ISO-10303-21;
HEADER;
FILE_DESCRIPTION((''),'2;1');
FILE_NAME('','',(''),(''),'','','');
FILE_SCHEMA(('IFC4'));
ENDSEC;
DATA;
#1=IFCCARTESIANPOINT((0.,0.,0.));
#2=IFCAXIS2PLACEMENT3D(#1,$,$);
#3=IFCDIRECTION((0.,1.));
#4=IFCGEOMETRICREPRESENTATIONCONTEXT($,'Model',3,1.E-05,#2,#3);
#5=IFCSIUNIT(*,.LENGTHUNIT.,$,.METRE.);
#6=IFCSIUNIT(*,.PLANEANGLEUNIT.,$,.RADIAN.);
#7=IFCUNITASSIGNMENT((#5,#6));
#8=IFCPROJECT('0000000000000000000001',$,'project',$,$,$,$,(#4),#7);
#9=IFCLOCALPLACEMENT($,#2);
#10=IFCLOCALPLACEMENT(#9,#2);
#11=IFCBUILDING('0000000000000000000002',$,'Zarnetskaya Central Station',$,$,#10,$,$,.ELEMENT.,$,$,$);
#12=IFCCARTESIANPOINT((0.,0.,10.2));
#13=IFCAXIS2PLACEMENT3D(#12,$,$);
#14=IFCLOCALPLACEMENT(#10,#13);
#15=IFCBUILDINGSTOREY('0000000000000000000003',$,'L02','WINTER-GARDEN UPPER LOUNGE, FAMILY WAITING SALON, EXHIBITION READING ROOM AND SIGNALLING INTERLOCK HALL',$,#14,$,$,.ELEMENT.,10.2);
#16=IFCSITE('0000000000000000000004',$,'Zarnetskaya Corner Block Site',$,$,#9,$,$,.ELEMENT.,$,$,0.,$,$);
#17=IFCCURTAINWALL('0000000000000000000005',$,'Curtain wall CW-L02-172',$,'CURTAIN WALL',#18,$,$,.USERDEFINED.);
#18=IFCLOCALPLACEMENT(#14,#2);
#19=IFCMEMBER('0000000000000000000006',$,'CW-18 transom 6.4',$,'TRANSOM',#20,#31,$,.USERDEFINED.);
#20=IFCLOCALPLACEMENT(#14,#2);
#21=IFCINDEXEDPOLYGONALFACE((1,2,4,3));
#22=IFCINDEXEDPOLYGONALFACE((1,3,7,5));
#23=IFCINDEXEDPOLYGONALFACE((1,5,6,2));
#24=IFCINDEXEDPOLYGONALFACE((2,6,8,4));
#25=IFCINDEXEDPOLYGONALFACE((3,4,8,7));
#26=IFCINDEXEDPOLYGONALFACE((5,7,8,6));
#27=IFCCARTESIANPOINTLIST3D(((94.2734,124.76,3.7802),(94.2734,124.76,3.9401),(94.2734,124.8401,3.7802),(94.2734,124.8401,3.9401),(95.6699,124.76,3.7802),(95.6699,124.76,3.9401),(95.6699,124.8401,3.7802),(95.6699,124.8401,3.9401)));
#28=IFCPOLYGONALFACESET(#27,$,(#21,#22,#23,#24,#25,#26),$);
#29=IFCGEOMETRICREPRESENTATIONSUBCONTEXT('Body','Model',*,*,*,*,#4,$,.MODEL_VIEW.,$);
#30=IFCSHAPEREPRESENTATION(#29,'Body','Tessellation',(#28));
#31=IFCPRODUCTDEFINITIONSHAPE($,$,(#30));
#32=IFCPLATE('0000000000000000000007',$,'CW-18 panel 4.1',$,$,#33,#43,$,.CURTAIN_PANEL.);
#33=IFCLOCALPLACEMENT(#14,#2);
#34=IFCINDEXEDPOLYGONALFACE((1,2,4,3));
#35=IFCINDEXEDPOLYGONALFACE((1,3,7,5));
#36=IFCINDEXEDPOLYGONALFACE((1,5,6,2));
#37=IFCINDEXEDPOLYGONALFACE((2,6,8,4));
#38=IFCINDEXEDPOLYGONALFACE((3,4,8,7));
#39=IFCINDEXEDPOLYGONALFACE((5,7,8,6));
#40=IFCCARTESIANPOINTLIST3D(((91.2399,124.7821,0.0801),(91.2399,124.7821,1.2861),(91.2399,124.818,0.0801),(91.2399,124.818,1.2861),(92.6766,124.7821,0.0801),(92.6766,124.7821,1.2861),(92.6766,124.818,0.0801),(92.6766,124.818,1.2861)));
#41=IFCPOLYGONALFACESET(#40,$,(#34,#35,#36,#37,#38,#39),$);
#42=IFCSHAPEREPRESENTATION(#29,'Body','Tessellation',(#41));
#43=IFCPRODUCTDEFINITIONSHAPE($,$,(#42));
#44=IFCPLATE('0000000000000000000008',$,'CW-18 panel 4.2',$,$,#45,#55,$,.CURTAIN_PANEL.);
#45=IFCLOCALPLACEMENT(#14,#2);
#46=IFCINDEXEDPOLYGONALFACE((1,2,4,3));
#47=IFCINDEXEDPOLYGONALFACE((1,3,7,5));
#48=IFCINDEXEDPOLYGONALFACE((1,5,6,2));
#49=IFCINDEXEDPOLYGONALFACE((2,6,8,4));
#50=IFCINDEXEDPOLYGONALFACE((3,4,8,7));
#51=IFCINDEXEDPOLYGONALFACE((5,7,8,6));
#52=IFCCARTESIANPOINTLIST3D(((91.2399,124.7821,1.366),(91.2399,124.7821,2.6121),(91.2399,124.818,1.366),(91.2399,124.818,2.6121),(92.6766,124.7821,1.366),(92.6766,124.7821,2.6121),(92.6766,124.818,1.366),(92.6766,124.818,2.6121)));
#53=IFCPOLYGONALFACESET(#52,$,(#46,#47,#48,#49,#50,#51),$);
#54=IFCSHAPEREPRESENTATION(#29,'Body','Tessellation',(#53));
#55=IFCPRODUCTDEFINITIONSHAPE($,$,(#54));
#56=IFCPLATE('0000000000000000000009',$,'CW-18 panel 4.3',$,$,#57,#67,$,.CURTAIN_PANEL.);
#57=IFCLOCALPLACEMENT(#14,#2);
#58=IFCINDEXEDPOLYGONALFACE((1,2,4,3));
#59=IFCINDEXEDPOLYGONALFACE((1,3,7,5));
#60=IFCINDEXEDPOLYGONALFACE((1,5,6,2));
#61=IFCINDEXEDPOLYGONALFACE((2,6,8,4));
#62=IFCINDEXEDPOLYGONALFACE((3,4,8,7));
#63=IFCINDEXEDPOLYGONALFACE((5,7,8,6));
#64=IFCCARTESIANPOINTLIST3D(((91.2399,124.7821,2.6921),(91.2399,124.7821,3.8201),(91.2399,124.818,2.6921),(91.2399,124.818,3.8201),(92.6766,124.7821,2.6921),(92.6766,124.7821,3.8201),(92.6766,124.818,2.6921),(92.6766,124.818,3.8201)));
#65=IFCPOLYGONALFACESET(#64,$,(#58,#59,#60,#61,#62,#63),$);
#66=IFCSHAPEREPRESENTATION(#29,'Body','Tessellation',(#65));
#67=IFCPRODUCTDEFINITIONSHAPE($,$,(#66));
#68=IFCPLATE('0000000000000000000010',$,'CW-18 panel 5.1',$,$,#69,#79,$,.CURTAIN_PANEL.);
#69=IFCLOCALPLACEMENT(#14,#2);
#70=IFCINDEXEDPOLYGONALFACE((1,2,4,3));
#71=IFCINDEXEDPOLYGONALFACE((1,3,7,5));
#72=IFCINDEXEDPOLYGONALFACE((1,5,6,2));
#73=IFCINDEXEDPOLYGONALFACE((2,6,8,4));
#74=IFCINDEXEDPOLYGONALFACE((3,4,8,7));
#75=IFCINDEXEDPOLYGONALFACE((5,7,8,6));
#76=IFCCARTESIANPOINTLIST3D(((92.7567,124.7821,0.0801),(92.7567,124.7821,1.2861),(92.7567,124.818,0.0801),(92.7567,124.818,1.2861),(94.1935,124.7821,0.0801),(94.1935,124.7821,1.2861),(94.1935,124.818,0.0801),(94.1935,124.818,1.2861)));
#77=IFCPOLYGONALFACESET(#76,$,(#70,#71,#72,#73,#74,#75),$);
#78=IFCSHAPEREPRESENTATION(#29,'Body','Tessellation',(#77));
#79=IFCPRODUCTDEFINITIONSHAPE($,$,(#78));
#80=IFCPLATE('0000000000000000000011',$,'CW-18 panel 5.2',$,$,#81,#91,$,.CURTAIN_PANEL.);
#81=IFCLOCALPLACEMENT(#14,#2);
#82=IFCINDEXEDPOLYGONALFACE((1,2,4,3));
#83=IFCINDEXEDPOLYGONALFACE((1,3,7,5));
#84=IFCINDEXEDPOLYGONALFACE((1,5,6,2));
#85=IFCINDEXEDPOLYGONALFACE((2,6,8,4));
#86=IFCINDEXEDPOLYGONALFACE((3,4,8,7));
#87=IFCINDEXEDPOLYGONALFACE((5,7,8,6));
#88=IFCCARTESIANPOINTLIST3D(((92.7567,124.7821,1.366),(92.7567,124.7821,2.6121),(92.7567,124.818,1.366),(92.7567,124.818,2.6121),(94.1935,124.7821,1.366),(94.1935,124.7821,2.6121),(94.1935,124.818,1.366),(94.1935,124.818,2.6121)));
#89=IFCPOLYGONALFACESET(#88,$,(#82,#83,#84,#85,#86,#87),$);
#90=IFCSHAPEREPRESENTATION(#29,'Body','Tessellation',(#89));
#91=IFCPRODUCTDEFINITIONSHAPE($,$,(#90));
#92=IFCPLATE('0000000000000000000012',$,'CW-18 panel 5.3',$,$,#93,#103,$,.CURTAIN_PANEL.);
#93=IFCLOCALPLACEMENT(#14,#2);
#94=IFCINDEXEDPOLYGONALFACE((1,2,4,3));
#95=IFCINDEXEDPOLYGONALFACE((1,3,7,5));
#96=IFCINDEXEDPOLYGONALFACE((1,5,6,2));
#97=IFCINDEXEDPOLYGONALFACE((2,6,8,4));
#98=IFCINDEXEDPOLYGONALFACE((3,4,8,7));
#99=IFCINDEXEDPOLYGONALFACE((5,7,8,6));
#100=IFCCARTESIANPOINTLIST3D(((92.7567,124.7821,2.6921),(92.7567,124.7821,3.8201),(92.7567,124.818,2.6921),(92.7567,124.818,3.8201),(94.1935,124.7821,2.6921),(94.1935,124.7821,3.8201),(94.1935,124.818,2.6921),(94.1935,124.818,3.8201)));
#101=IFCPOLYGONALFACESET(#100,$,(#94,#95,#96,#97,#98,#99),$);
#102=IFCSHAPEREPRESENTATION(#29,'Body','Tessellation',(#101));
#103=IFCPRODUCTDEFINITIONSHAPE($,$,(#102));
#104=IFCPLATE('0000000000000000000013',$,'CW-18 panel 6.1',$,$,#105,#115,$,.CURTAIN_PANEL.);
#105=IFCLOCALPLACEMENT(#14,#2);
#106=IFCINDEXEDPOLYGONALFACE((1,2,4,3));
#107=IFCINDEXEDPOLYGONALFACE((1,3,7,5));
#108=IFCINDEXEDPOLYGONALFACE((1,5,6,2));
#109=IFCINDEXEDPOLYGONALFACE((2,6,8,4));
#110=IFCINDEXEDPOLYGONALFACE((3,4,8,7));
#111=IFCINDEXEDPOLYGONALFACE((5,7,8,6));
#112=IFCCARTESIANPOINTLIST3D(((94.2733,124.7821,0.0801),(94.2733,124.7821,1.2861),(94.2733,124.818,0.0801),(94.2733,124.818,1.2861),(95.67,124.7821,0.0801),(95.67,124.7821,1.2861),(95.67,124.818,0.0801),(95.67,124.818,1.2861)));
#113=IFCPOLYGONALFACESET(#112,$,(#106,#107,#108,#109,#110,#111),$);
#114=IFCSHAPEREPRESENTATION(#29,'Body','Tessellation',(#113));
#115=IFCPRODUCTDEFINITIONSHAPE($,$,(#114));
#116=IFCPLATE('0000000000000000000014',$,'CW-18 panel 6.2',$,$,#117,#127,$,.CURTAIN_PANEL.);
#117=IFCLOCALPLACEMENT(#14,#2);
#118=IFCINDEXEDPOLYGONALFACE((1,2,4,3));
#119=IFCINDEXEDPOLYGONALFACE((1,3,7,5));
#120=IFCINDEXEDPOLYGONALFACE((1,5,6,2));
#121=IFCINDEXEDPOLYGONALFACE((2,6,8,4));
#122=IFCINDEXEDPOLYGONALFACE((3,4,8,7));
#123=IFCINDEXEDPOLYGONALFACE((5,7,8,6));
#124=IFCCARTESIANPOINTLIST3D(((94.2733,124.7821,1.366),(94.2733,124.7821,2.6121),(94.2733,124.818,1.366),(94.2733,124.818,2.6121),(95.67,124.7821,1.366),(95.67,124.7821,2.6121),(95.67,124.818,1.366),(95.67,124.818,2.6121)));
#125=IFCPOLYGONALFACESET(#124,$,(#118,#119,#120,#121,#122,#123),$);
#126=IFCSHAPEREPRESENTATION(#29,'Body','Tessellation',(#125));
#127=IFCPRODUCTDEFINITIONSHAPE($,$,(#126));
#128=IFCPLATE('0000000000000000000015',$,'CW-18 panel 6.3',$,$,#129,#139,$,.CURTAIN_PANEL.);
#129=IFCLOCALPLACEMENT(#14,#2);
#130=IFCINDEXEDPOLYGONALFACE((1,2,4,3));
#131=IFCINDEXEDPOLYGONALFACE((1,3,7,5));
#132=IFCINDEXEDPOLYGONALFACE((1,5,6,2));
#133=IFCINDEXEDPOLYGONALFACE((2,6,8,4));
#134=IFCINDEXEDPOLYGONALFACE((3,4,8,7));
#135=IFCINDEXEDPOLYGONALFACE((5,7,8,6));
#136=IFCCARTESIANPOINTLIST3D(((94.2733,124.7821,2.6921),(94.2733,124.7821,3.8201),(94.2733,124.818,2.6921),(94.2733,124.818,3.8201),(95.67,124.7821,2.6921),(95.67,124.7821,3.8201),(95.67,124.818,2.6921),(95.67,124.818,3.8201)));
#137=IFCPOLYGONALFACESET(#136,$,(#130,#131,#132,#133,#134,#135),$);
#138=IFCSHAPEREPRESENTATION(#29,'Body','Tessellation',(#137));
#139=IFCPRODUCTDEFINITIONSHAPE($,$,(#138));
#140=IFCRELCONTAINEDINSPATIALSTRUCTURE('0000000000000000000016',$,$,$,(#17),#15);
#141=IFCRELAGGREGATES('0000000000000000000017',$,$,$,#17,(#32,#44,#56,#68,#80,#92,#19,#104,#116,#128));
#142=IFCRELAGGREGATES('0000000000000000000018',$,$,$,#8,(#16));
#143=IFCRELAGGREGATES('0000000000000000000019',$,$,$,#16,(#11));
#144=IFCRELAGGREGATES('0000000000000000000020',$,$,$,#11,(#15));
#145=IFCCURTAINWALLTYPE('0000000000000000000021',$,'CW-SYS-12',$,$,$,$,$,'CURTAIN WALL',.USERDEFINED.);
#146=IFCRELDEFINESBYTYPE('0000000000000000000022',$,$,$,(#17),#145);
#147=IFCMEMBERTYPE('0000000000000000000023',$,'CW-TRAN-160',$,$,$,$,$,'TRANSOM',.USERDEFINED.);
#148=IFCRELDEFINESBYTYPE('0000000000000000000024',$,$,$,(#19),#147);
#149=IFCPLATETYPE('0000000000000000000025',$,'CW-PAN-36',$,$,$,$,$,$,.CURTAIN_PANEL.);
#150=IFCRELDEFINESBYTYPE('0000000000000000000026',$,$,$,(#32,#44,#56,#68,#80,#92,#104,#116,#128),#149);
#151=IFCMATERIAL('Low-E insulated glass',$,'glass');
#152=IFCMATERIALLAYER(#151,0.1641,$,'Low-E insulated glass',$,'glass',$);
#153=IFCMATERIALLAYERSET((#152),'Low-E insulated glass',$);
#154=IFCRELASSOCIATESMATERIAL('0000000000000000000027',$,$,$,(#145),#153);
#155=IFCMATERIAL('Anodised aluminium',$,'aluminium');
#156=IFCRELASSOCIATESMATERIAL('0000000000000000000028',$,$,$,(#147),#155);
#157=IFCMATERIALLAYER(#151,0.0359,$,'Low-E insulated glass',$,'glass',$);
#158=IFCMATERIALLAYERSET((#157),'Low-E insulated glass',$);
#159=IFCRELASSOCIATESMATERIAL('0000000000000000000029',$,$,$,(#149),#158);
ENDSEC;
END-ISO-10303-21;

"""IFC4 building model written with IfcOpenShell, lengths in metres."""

from ifc_helpers import new_model, si_unit, direction, frame, origin, origin_2d, place, context, subcontext, project, spatial, rectangle, extrude, material, layer, layer_set, material_profile, profile_set, type_object, element, aggregate, save


model = new_model("IFC4")

# Units and contexts
model_context = context("Model", 3, precision=1e-05, world=origin(), true_north=direction((0.0, 1.0)))
body_context = subcontext(model_context, "Body", "Model", "MODEL_VIEW")
ifc_project = project(units=[si_unit("LENGTHUNIT", "METRE"), si_unit("PLANEANGLEUNIT", "RADIAN")], contexts=[model_context])

# Site, building, storey
site_placement = place(None, origin())
site = spatial("IfcSite", under=ifc_project, at=site_placement, Name="Zarnetskaya Corner Block Site", CompositionType="ELEMENT", RefElevation=0.0)
building_placement = place(site_placement, origin())
building = spatial("IfcBuilding", under=site, at=building_placement, Name="Zarnetskaya Central Station", CompositionType="ELEMENT")
storey_placement = place(building_placement, frame((0.0, 0.0, 10.2)))
storey = spatial("IfcBuildingStorey", under=building, at=storey_placement, Name="L02", Description="WINTER-GARDEN UPPER LOUNGE, FAMILY WAITING SALON, EXHIBITION READING ROOM AND SIGNALLING INTERLOCK HALL", CompositionType="ELEMENT", Elevation=10.2)

# Curtain wall, member, plates
ifc_material_1 = material(Name="Low-E insulated glass", Category="glass")
ifc_layer_1 = layer(ifc_material_1, 0.1641, Name="Low-E insulated glass", Category="glass")
ifc_layer_set_1 = layer_set([ifc_layer_1], Name="Low-E insulated glass")
curtain_wall_type = type_object("IfcCurtainWallType", Name="CW-SYS-12", ElementType="CURTAIN WALL", PredefinedType="USERDEFINED", material=ifc_layer_set_1)
curtain_wall_placement = place(storey_placement, origin())
curtain_wall = element("IfcCurtainWall", 1, at=curtain_wall_placement, inside=storey, type_object=curtain_wall_type, Name="Curtain wall CW-L02-172", ObjectType="CURTAIN WALL", PredefinedType="USERDEFINED")
ifc_material_2 = material(Name="Anodised aluminium", Category="aluminium")
ifc_material_profile_1 = material_profile(ifc_material_2, rectangle(XDim=0.0801, YDim=0.1599, at=origin_2d()), Name="ALU TRAN 80x160")
ifc_profile_set_1 = profile_set([ifc_material_profile_1], Name="Anodised aluminium")
member_type_1 = type_object("IfcMemberType", Name="CW-TRAN-160", ElementType="TRANSOM", PredefinedType="USERDEFINED", material=ifc_profile_set_1)
member_1_placement = place(storey_placement, frame((94.2734, 124.8, 3.8601), z_axis=(1.0, 0.0, 0.0), x_axis=(0.0, 1.0, 0.0)))
member_1 = element("IfcMember", 2, at=member_1_placement, type_object=member_type_1, Name="CW-18 transom 6.4", ObjectType="TRANSOM", PredefinedType="USERDEFINED", context=body_context, shape_type="SweptSolid", body=[
    extrude(rectangle(XDim=0.0801, YDim=0.1599, at=origin_2d()), origin(), (0.0, 0.0, 1.0), 1.3965),
])
ifc_layer_2 = layer(ifc_material_1, 0.0359, Name="Low-E insulated glass", Category="glass")
ifc_layer_set_2 = layer_set([ifc_layer_2], Name="Low-E insulated glass")
plate_type = type_object("IfcPlateType", Name="CW-PAN-36", PredefinedType="CURTAIN_PANEL", material=ifc_layer_set_2)
plate_1_placement = place(storey_placement, frame((91.9583, 124.8, 0.0801), z_axis=(0.0, 0.0, 1.0), x_axis=(1.0, 0.0, 0.0)))
plate_1 = element("IfcPlate", 3, at=plate_1_placement, type_object=plate_type, Name="CW-18 panel 4.1", PredefinedType="CURTAIN_PANEL", context=body_context, shape_type="SweptSolid", body=[
    extrude(rectangle(XDim=1.4368, YDim=0.0359, at=origin_2d()), origin(), (0.0, 0.0, 1.0), 1.2061),
])
plate_2_placement = place(storey_placement, frame((91.9583, 124.8, 1.366), z_axis=(0.0, 0.0, 1.0), x_axis=(1.0, 0.0, 0.0)))
plate_2 = element("IfcPlate", 4, at=plate_2_placement, type_object=plate_type, Name="CW-18 panel 4.2", PredefinedType="CURTAIN_PANEL", context=body_context, shape_type="SweptSolid", body=[
    extrude(rectangle(XDim=1.4368, YDim=0.0359, at=origin_2d()), origin(), (0.0, 0.0, 1.0), 1.2461),
])
plate_3_placement = place(storey_placement, frame((91.9583, 124.8, 2.6921), z_axis=(0.0, 0.0, 1.0), x_axis=(1.0, 0.0, 0.0)))
plate_3 = element("IfcPlate", 5, at=plate_3_placement, type_object=plate_type, Name="CW-18 panel 4.3", PredefinedType="CURTAIN_PANEL", context=body_context, shape_type="SweptSolid", body=[
    extrude(rectangle(XDim=1.4368, YDim=0.0359, at=origin_2d()), origin(), (0.0, 0.0, 1.0), 1.1279),
])
plate_4_placement = place(storey_placement, frame((93.4751, 124.8, 0.0801), z_axis=(0.0, 0.0, 1.0), x_axis=(1.0, 0.0, 0.0)))
plate_4 = element("IfcPlate", 6, at=plate_4_placement, type_object=plate_type, Name="CW-18 panel 5.1", PredefinedType="CURTAIN_PANEL", context=body_context, shape_type="SweptSolid", body=[
    extrude(rectangle(XDim=1.4368, YDim=0.0359, at=origin_2d()), origin(), (0.0, 0.0, 1.0), 1.2061),
])
plate_5_placement = place(storey_placement, frame((93.4751, 124.8, 1.366), z_axis=(0.0, 0.0, 1.0), x_axis=(1.0, 0.0, 0.0)))
plate_5 = element("IfcPlate", 7, at=plate_5_placement, type_object=plate_type, Name="CW-18 panel 5.2", PredefinedType="CURTAIN_PANEL", context=body_context, shape_type="SweptSolid", body=[
    extrude(rectangle(XDim=1.4368, YDim=0.0359, at=origin_2d()), origin(), (0.0, 0.0, 1.0), 1.2461),
])
plate_6_placement = place(storey_placement, frame((93.4751, 124.8, 2.6921), z_axis=(0.0, 0.0, 1.0), x_axis=(1.0, 0.0, 0.0)))
plate_6 = element("IfcPlate", 8, at=plate_6_placement, type_object=plate_type, Name="CW-18 panel 5.3", PredefinedType="CURTAIN_PANEL", context=body_context, shape_type="SweptSolid", body=[
    extrude(rectangle(XDim=1.4368, YDim=0.0359, at=origin_2d()), origin(), (0.0, 0.0, 1.0), 1.1279),
])
plate_7_placement = place(storey_placement, frame((94.9717, 124.8, 0.0801), z_axis=(0.0, 0.0, 1.0), x_axis=(1.0, 0.0, 0.0)))
plate_7 = element("IfcPlate", 9, at=plate_7_placement, type_object=plate_type, Name="CW-18 panel 6.1", PredefinedType="CURTAIN_PANEL", context=body_context, shape_type="SweptSolid", body=[
    extrude(rectangle(XDim=1.3967, YDim=0.0359, at=origin_2d()), origin(), (0.0, 0.0, 1.0), 1.2061),
])
plate_8_placement = place(storey_placement, frame((94.9717, 124.8, 1.366), z_axis=(0.0, 0.0, 1.0), x_axis=(1.0, 0.0, 0.0)))
plate_8 = element("IfcPlate", 10, at=plate_8_placement, type_object=plate_type, Name="CW-18 panel 6.2", PredefinedType="CURTAIN_PANEL", context=body_context, shape_type="SweptSolid", body=[
    extrude(rectangle(XDim=1.3967, YDim=0.0359, at=origin_2d()), origin(), (0.0, 0.0, 1.0), 1.2461),
])
plate_9_placement = place(storey_placement, frame((94.9717, 124.8, 2.6921), z_axis=(0.0, 0.0, 1.0), x_axis=(1.0, 0.0, 0.0)))
plate_9 = element("IfcPlate", 11, at=plate_9_placement, type_object=plate_type, Name="CW-18 panel 6.3", PredefinedType="CURTAIN_PANEL", context=body_context, shape_type="SweptSolid", body=[
    extrude(rectangle(XDim=1.3967, YDim=0.0359, at=origin_2d()), origin(), (0.0, 0.0, 1.0), 1.1279),
])
aggregate(curtain_wall, [plate_1, plate_2, plate_3, plate_4, plate_5, plate_6, member_1, plate_7, plate_8, plate_9])

save(model, "model.ifc")
